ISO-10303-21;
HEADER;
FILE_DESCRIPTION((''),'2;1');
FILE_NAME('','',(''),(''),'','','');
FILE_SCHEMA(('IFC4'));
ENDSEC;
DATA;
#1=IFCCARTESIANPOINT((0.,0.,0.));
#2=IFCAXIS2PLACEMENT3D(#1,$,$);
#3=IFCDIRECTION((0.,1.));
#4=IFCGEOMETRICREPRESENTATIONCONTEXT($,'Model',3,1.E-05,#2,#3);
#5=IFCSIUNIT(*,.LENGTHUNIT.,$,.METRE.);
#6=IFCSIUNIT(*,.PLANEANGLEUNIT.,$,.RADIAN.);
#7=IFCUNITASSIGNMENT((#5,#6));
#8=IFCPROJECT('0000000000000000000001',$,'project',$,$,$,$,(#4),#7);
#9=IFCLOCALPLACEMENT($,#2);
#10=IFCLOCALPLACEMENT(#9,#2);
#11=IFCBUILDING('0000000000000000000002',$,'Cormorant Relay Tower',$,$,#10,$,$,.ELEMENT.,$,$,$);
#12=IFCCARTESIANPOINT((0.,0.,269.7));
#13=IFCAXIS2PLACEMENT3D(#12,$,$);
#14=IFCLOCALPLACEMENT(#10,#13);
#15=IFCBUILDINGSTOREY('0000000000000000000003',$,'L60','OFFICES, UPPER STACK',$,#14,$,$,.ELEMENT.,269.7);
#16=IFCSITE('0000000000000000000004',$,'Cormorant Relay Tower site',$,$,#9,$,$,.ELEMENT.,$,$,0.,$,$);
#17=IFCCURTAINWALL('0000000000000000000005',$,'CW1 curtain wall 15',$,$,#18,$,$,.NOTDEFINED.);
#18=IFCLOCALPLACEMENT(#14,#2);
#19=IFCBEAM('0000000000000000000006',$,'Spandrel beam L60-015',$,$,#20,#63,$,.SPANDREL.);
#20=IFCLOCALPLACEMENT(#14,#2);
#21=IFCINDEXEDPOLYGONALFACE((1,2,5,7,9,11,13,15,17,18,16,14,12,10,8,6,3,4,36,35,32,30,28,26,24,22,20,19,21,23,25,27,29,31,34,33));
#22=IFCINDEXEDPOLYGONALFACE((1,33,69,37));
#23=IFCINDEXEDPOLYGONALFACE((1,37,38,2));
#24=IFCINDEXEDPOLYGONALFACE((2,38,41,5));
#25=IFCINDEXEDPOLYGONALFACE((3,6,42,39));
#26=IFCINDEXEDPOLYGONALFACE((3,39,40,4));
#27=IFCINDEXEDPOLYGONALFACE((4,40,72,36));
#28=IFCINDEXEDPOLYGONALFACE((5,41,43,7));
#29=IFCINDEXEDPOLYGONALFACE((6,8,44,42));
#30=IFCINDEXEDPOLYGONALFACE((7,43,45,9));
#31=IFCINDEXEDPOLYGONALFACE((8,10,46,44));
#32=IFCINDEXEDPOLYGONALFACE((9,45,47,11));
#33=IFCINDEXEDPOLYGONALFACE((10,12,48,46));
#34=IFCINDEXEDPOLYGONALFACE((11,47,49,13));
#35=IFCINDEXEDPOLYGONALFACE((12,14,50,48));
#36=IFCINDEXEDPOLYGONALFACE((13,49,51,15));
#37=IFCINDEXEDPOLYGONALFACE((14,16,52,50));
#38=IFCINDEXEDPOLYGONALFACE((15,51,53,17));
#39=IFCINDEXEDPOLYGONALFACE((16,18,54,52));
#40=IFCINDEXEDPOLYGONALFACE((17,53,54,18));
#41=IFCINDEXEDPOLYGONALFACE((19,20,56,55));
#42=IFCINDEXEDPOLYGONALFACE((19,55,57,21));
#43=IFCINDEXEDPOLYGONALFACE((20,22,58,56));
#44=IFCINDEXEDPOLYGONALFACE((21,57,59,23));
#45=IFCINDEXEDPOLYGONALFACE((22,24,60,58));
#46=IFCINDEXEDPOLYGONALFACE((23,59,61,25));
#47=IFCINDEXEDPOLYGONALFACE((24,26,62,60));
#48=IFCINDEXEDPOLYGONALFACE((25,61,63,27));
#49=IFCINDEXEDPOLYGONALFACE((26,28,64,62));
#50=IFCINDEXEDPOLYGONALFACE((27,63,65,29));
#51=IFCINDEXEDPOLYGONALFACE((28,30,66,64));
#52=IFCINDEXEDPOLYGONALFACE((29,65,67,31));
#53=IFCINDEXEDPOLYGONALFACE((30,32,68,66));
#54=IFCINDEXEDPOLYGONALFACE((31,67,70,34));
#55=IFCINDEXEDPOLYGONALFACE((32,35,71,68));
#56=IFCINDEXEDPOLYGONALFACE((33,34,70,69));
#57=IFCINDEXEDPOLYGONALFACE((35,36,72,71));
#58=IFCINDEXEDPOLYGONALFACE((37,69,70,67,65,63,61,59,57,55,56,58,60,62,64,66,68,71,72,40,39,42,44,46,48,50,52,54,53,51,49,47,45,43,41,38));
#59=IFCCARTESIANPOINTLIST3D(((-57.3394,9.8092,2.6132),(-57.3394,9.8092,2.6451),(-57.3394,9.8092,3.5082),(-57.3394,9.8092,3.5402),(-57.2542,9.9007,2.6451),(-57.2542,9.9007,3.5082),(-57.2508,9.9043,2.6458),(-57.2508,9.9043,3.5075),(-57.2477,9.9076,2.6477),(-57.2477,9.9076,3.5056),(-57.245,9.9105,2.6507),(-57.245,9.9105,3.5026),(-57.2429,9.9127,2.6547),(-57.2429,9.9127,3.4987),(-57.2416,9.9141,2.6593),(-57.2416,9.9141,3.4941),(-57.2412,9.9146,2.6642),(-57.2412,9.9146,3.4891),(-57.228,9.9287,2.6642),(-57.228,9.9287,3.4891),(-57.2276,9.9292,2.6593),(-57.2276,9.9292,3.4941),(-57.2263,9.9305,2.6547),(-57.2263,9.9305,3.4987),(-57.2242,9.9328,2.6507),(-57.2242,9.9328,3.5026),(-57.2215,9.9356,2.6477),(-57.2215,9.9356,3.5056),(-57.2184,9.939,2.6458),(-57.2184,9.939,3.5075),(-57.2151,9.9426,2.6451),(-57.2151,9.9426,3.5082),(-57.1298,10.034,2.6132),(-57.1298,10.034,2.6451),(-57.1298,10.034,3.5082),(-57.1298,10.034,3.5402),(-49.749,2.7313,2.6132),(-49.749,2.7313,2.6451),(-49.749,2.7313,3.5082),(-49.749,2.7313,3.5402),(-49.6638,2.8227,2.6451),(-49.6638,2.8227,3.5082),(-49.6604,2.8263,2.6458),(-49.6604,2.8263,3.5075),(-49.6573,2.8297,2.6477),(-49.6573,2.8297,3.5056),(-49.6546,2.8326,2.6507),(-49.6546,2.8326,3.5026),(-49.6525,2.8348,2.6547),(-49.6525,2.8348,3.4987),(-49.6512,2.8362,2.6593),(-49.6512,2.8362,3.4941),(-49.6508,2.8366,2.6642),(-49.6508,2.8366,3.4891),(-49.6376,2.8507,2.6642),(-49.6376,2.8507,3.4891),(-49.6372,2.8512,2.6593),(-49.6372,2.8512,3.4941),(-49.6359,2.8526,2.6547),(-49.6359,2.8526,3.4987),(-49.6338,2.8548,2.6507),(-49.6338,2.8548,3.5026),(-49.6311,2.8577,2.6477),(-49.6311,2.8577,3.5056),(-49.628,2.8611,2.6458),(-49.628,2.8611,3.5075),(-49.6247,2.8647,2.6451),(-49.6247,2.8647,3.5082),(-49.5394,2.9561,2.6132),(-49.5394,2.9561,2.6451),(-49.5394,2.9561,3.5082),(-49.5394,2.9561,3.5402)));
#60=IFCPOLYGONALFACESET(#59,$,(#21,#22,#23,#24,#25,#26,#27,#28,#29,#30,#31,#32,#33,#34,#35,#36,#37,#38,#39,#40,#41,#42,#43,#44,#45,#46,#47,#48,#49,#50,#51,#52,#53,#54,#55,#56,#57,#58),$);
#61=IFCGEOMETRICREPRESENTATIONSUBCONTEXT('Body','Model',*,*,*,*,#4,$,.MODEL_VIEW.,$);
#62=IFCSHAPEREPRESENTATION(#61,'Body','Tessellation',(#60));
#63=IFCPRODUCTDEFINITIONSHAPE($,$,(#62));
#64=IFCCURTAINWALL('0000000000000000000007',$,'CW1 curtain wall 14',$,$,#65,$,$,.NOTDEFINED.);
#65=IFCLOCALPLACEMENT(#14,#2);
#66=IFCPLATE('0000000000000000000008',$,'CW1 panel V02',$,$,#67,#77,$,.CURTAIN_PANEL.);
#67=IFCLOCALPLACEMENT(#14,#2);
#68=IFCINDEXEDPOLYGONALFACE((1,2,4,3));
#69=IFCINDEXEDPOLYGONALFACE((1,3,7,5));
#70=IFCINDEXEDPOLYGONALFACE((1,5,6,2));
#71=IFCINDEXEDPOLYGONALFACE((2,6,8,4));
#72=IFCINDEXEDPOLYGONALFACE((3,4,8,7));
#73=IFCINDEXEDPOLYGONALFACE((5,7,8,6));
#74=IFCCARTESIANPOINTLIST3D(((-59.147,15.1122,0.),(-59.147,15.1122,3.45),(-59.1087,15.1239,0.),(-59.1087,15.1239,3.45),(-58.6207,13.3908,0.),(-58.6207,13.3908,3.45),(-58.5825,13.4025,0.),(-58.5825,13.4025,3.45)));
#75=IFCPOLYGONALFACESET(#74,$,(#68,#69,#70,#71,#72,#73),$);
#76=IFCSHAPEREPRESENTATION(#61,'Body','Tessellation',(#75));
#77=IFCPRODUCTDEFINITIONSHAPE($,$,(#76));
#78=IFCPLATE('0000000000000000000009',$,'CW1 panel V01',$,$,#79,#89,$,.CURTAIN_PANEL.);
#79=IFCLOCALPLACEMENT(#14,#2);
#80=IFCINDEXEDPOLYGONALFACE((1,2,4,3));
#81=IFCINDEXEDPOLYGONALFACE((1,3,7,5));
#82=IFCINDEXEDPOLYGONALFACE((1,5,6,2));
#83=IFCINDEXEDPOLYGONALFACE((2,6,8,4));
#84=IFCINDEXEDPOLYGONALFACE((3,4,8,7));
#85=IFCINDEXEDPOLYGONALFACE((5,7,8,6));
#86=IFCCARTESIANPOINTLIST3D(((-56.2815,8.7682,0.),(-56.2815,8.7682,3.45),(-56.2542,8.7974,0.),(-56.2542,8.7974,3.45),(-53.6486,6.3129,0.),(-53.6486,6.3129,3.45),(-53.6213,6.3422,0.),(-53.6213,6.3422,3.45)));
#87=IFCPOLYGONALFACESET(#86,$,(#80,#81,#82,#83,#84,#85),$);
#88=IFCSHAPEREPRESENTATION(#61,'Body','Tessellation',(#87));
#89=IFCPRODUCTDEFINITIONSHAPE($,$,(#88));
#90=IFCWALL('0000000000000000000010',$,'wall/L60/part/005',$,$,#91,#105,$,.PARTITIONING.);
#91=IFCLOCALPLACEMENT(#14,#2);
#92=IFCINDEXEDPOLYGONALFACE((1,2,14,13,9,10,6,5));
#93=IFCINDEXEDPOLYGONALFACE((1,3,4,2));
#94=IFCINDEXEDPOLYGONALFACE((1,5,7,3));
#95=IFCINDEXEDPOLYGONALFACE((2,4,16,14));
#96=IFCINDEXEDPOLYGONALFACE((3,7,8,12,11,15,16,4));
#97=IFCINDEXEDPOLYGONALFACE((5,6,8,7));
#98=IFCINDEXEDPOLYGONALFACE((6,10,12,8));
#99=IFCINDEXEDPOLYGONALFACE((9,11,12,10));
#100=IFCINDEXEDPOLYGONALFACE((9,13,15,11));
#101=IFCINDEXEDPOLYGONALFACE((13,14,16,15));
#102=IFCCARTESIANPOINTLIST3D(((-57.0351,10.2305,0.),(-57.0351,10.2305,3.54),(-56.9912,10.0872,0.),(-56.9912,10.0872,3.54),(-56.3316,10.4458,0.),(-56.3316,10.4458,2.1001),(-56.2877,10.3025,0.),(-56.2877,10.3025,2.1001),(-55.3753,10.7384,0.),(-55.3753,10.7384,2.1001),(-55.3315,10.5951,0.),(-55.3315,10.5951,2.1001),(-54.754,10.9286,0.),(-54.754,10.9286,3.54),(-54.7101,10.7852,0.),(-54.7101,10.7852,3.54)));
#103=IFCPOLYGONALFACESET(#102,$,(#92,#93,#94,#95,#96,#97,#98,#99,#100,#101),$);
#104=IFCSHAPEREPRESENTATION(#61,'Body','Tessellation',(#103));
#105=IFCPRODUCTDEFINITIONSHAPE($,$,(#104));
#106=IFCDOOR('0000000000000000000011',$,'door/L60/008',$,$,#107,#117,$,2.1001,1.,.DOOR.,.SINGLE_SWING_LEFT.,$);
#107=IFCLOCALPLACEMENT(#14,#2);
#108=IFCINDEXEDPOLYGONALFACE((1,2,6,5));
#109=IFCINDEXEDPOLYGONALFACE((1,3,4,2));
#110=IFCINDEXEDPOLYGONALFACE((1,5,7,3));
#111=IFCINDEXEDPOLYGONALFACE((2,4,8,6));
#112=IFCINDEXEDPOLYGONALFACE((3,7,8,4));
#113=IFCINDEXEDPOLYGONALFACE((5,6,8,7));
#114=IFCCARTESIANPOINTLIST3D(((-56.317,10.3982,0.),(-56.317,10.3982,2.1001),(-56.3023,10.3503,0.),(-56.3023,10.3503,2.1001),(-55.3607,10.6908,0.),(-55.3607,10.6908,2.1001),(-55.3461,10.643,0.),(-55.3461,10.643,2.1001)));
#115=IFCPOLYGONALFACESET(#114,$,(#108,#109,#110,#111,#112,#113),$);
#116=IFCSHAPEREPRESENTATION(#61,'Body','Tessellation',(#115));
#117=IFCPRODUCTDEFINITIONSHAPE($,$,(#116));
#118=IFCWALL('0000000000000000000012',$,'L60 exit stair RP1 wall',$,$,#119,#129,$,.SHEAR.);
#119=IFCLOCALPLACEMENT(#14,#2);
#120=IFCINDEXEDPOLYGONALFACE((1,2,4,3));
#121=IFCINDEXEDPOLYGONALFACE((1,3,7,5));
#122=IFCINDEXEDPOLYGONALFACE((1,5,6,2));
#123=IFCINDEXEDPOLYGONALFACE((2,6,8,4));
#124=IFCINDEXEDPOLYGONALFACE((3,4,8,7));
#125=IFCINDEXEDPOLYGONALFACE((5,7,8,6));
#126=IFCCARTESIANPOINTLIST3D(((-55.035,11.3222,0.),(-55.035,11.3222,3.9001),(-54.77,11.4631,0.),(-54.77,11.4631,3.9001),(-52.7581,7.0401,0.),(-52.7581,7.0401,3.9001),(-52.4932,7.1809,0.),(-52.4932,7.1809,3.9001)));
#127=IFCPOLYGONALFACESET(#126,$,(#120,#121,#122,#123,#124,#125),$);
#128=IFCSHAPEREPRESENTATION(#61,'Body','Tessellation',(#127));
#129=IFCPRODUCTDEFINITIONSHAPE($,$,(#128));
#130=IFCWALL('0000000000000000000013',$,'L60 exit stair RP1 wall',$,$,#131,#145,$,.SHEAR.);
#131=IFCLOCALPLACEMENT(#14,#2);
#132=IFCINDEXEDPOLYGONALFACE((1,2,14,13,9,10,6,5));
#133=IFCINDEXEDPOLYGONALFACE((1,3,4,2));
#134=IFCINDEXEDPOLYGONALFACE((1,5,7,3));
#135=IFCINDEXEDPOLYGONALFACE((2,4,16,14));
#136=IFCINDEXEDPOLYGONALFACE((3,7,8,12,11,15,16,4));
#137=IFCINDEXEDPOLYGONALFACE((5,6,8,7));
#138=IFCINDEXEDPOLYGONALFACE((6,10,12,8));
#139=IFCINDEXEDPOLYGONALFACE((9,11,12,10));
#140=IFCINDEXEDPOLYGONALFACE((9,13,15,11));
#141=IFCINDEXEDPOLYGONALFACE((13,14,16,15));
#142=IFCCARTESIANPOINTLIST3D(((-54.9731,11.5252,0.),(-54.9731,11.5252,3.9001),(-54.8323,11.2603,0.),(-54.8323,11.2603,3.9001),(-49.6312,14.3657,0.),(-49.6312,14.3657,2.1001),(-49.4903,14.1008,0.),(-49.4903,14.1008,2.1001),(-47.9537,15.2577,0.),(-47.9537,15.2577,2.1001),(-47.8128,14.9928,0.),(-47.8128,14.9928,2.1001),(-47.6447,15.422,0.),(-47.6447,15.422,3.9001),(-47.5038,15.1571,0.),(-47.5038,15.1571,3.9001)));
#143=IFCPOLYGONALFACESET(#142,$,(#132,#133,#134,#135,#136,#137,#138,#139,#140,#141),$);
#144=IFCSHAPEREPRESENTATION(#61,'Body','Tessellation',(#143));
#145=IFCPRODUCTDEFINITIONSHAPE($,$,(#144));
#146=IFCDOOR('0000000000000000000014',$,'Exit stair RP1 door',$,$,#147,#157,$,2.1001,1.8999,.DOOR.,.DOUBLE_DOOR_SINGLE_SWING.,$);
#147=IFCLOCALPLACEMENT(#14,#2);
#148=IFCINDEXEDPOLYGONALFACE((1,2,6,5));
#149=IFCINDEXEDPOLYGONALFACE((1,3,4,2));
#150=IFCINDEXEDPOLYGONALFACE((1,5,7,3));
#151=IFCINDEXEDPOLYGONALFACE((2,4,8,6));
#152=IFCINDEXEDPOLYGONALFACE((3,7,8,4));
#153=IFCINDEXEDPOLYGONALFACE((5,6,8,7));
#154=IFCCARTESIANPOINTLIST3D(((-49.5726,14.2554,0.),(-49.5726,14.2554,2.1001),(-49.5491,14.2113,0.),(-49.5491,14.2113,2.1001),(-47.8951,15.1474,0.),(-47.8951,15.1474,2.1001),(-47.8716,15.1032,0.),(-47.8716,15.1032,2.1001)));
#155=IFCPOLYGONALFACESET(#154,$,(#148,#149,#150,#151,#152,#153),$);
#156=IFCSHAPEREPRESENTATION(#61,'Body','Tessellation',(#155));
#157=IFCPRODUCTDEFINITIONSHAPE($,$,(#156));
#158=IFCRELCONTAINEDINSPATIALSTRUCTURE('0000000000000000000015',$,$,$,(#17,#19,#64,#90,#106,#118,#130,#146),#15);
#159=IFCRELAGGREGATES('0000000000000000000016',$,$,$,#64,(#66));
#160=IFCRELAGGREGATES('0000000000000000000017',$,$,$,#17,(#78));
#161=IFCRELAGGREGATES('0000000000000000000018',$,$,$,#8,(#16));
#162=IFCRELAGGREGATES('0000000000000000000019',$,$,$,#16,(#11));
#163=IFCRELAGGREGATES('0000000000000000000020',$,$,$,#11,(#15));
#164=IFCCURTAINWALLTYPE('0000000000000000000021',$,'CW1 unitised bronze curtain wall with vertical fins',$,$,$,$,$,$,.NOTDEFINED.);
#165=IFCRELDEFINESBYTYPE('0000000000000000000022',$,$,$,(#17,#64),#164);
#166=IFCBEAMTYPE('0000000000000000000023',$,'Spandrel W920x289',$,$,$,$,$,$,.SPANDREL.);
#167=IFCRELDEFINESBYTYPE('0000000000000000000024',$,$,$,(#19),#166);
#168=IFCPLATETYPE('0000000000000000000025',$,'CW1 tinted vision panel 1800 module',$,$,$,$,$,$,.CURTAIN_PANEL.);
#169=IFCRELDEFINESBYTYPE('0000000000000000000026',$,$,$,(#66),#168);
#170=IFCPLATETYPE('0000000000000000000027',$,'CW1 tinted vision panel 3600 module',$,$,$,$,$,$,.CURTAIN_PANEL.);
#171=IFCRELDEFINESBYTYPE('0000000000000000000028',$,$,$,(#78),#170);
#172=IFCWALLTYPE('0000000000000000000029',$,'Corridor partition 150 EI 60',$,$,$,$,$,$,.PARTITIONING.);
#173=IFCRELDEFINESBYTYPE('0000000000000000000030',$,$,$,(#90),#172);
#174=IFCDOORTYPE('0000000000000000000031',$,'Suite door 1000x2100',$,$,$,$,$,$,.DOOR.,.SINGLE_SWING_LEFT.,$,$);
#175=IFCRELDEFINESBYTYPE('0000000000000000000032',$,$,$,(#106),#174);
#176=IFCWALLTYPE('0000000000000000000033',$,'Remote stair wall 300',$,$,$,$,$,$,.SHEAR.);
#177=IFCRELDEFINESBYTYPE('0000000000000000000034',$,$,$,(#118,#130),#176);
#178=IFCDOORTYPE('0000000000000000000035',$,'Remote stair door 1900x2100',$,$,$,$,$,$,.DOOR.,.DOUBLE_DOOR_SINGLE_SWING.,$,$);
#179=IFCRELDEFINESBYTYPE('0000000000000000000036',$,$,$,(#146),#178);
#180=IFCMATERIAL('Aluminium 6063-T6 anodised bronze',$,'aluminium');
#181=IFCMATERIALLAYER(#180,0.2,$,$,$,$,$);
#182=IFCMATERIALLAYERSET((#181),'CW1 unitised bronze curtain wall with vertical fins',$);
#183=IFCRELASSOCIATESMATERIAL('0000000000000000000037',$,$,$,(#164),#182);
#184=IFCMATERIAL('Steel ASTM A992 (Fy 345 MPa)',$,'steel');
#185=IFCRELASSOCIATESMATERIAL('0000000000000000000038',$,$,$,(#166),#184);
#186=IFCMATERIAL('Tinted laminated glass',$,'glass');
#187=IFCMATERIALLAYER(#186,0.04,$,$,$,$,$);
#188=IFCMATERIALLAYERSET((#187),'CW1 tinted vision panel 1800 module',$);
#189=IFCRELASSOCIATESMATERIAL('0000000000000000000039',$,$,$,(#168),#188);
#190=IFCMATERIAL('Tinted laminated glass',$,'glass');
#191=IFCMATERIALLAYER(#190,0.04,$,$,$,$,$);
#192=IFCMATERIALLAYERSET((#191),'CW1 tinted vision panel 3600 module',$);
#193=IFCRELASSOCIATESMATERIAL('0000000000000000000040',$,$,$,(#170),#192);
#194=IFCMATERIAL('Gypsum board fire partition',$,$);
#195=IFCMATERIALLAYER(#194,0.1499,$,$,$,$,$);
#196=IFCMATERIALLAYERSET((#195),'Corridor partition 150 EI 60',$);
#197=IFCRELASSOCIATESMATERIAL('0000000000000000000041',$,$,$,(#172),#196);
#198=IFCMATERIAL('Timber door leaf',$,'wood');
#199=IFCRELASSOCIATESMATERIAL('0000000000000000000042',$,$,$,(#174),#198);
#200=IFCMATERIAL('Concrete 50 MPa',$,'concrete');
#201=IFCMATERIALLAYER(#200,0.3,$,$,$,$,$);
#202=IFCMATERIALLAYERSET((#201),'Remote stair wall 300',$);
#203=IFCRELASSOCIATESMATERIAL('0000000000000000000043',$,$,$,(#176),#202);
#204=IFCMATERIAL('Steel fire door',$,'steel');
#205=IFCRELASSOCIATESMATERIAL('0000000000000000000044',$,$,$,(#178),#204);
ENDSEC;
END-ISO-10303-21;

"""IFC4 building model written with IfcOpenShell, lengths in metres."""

from ifc_helpers import new_model, si_unit, direction, frame, frame_2d, origin, origin_2d, place, context, subcontext, project, spatial, rectangle, i_section, extrude, material, layer, layer_set, material_profile, profile_set, type_object, element, fill, aggregate, save


model = new_model("IFC4")

# Units and contexts
model_context = context("Model", 3, precision=1e-05, world=origin(), true_north=direction((0.0, 1.0)))
body_context = subcontext(model_context, "Body", "Model", "MODEL_VIEW")
ifc_project = project(units=[si_unit("LENGTHUNIT", "METRE"), si_unit("PLANEANGLEUNIT", "RADIAN")], contexts=[model_context])

# Site, building, storey
site_placement = place(None, origin())
site = spatial("IfcSite", under=ifc_project, at=site_placement, Name="Cormorant Relay Tower site", CompositionType="ELEMENT", RefElevation=0.0)
building_placement = place(site_placement, origin())
building = spatial("IfcBuilding", under=site, at=building_placement, Name="Cormorant Relay Tower", CompositionType="ELEMENT")
storey_placement = place(building_placement, frame((0.0, 0.0, 269.7)))
storey = spatial("IfcBuildingStorey", under=building, at=storey_placement, Name="L60", Description="OFFICES, UPPER STACK", CompositionType="ELEMENT", Elevation=269.7)

# Curtain wall
ifc_material_1 = material(Name="Aluminium 6063-T6 anodised bronze", Category="aluminium")
ifc_layer_1 = layer(ifc_material_1, 0.2)
ifc_layer_set_1 = layer_set([ifc_layer_1], Name="CW1 unitised bronze curtain wall with vertical fins")
curtain_wall_type = type_object("IfcCurtainWallType", Name="CW1 unitised bronze curtain wall with vertical fins", PredefinedType="NOTDEFINED", material=ifc_layer_set_1)
curtain_wall_1_placement = place(storey_placement, origin())
curtain_wall_1 = element("IfcCurtainWall", 1, at=curtain_wall_1_placement, inside=storey, type_object=curtain_wall_type, Name="CW1 curtain wall 15", PredefinedType="NOTDEFINED")

# Beam
ifc_material_2 = material(Name="Steel ASTM A992 (Fy 345 MPa)", Category="steel")
ifc_material_profile_1 = material_profile(ifc_material_2, i_section(OverallWidth=0.3074, OverallDepth=0.927, WebThickness=0.0193, FlangeThickness=0.032, FilletRadius=0.019, at=origin_2d()), Name="W920x289")
ifc_profile_set_1 = profile_set([ifc_material_profile_1], Name="Steel ASTM A992 (Fy 345 MPa)")
beam_type = type_object("IfcBeamType", Name="Spandrel W920x289", PredefinedType="SPANDREL", material=ifc_profile_set_1)
beam_placement = place(storey_placement, frame((-57.2346, 9.9216, 3.0767), z_axis=(0.731364, -0.681987, 0.0), x_axis=(0.681987, 0.731364, 0.0)))
element("IfcBeam", 2, at=beam_placement, inside=storey, type_object=beam_type, Name="Spandrel beam L60-015", PredefinedType="SPANDREL", context=body_context, shape_type="SweptSolid", body=[
    extrude(i_section(OverallWidth=0.3074, OverallDepth=0.927, WebThickness=0.0193, FlangeThickness=0.032, FilletRadius=0.019, at=origin_2d()), origin(), (0.0, 0.0, 1.0), 10.3784),
])

# Curtain wall, plate
curtain_wall_2_placement = place(storey_placement, origin())
curtain_wall_2 = element("IfcCurtainWall", 3, at=curtain_wall_2_placement, inside=storey, type_object=curtain_wall_type, Name="CW1 curtain wall 14", PredefinedType="NOTDEFINED")
ifc_material_3 = material(Name="Tinted laminated glass", Category="glass")
ifc_layer_2 = layer(ifc_material_3, 0.04)
ifc_layer_set_2 = layer_set([ifc_layer_2], Name="CW1 tinted vision panel 1800 module")
plate_type_1 = type_object("IfcPlateType", Name="CW1 tinted vision panel 1800 module", PredefinedType="CURTAIN_PANEL", material=ifc_layer_set_2)
plate_1_placement = place(storey_placement, frame((-58.8647, 14.2573, 0.0), z_axis=(0.0, 0.0, 1.0), x_axis=(0.292372, -0.956305, 0.0)))
plate_1 = element("IfcPlate", 4, at=plate_1_placement, type_object=plate_type_1, Name="CW1 panel V02", PredefinedType="CURTAIN_PANEL", context=body_context, shape_type="SweptSolid", body=[
    extrude(rectangle(XDim=1.8, YDim=0.04, at=origin_2d()), origin(), (0.0, 0.0, 1.0), 3.45),
])

# Plate
ifc_material_4 = material(Name="Tinted laminated glass", Category="glass")
ifc_layer_3 = layer(ifc_material_4, 0.04)
ifc_layer_set_3 = layer_set([ifc_layer_3], Name="CW1 tinted vision panel 3600 module")
plate_type_2 = type_object("IfcPlateType", Name="CW1 tinted vision panel 3600 module", PredefinedType="CURTAIN_PANEL", material=ifc_layer_set_3)
plate_2_placement = place(storey_placement, frame((-54.9514, 7.5552, 0.0), z_axis=(0.0, 0.0, 1.0), x_axis=(0.731354, -0.681998, 0.0)))
plate_2 = element("IfcPlate", 5, at=plate_2_placement, type_object=plate_type_2, Name="CW1 panel V01", PredefinedType="CURTAIN_PANEL", context=body_context, shape_type="SweptSolid", body=[
    extrude(rectangle(XDim=3.6001, YDim=0.04, at=origin_2d()), origin(), (0.0, 0.0, 1.0), 3.45),
])

# Wall, opening, door
ifc_material_5 = material(Name="Gypsum board fire partition")
ifc_layer_4 = layer(ifc_material_5, 0.1499)
ifc_layer_set_4 = layer_set([ifc_layer_4], Name="Corridor partition 150 EI 60")
wall_type_1 = type_object("IfcWallType", Name="Corridor partition 150 EI 60", PredefinedType="PARTITIONING", material=ifc_layer_set_4)
wall_1_placement = place(storey_placement, frame((-54.7319, 10.8569, 0.0), z_axis=(0.0, 0.0, 1.0), x_axis=(-0.956232, -0.292611, 0.0)))
wall_1 = element("IfcWall", 6, at=wall_1_placement, inside=storey, type_object=wall_type_1, Name="wall/L60/part/005", PredefinedType="PARTITIONING", context=body_context, shape_type="SweptSolid", body=[
    extrude(rectangle(XDim=2.3855, YDim=0.1499, at=frame_2d((1.1929, 0.0))), origin(), (0.0, 0.0, 1.0), 3.54),
])
opening_1_placement = place(wall_1_placement, frame((0.6499, 0.0, 0.0)))
opening_1 = element("IfcOpeningElement", 7, at=opening_1_placement, cuts=wall_1, PredefinedType="OPENING", context=body_context, shape_type="SweptSolid", body=[
    extrude(rectangle(XDim=1.0, YDim=2.1001, at=frame_2d((0.5, 1.05))), frame((0.0, 0.085, 0.0), z_axis=(0.0, -1.0, 0.0), x_axis=(1.0, 0.0, 0.0)), (0.0, 0.0, 1.0), 0.1699),
])
ifc_material_6 = material(Name="Timber door leaf", Category="wood")
door_type_1 = type_object("IfcDoorType", Name="Suite door 1000x2100", OperationType="SINGLE_SWING_LEFT", PredefinedType="DOOR", material=ifc_material_6)
door_1_placement = place(opening_1_placement, origin())
door_1 = element("IfcDoor", 8, at=door_1_placement, inside=storey, type_object=door_type_1, Name="door/L60/008", OperationType="SINGLE_SWING_LEFT", OverallHeight=2.1001, OverallWidth=1.0, PredefinedType="DOOR", context=body_context, shape_type="SweptSolid", body=[
    extrude(rectangle(XDim=1.0, YDim=2.1001, at=frame_2d((0.5, 1.05))), frame((0.0, 0.0249, 0.0), z_axis=(0.0, -1.0, 0.0), x_axis=(1.0, 0.0, 0.0)), (0.0, 0.0, 1.0), 0.05),
])
fill(opening_1, door_1)

# Wall
ifc_material_7 = material(Name="Concrete 50 MPa", Category="concrete")
ifc_layer_5 = layer(ifc_material_7, 0.3)
ifc_layer_set_5 = layer_set([ifc_layer_5], Name="Remote stair wall 300")
wall_type_2 = type_object("IfcWallType", Name="Remote stair wall 300", PredefinedType="SHEAR", material=ifc_layer_set_5)
wall_2_placement = place(storey_placement, frame((-52.6257, 7.1106, 0.0), z_axis=(0.0, 0.0, 1.0), x_axis=(-0.469464, 0.882951, 0.0)))
element("IfcWall", 9, at=wall_2_placement, inside=storey, type_object=wall_type_2, Name="L60 exit stair RP1 wall", PredefinedType="SHEAR", context=body_context, shape_type="SweptSolid", body=[
    extrude(rectangle(XDim=4.8499, YDim=0.3, at=frame_2d((2.4248, 0.0))), origin(), (0.0, 0.0, 1.0), 3.9001),
])

# Wall, opening, door
wall_3_placement = place(storey_placement, frame((-54.9026, 11.3928, 0.0), z_axis=(0.0, 0.0, 1.0), x_axis=(0.882939, 0.469487, 0.0)))
wall_3 = element("IfcWall", 10, at=wall_3_placement, inside=storey, type_object=wall_type_2, Name="L60 exit stair RP1 wall", PredefinedType="SHEAR", context=body_context, shape_type="SweptSolid", body=[
    extrude(rectangle(XDim=8.3, YDim=0.3, at=frame_2d((4.1499, 0.0))), origin(), (0.0, 0.0, 1.0), 3.9001),
])
opening_2_placement = place(wall_3_placement, frame((6.05, 0.0, 0.0)))
opening_2 = element("IfcOpeningElement", 11, at=opening_2_placement, cuts=wall_3, PredefinedType="OPENING", context=body_context, shape_type="SweptSolid", body=[
    extrude(rectangle(XDim=1.8999, YDim=2.1001, at=frame_2d((0.95, 1.05))), frame((0.0, 0.1599, 0.0), z_axis=(0.0, -1.0, 0.0), x_axis=(1.0, 0.0, 0.0)), (0.0, 0.0, 1.0), 0.3201),
])
ifc_material_8 = material(Name="Steel fire door", Category="steel")
door_type_2 = type_object("IfcDoorType", Name="Remote stair door 1900x2100", OperationType="DOUBLE_DOOR_SINGLE_SWING", PredefinedType="DOOR", material=ifc_material_8)
door_2_placement = place(opening_2_placement, frame((1.8999, 0.0, 0.0), z_axis=(0.0, 0.0, 1.0), x_axis=(-1.0, 0.0, 0.0)))
door_2 = element("IfcDoor", 12, at=door_2_placement, inside=storey, type_object=door_type_2, Name="Exit stair RP1 door", OperationType="DOUBLE_DOOR_SINGLE_SWING", OverallHeight=2.1001, OverallWidth=1.8999, PredefinedType="DOOR", context=body_context, shape_type="SweptSolid", body=[
    extrude(rectangle(XDim=1.8999, YDim=2.1001, at=frame_2d((0.95, 1.05))), frame((0.0, 0.0249, 0.0), z_axis=(0.0, -1.0, 0.0), x_axis=(1.0, 0.0, 0.0)), (0.0, 0.0, 1.0), 0.05),
])
fill(opening_2, door_2)

aggregate(curtain_wall_2, [plate_1])
aggregate(curtain_wall_1, [plate_2])

save(model, "model.ifc")
